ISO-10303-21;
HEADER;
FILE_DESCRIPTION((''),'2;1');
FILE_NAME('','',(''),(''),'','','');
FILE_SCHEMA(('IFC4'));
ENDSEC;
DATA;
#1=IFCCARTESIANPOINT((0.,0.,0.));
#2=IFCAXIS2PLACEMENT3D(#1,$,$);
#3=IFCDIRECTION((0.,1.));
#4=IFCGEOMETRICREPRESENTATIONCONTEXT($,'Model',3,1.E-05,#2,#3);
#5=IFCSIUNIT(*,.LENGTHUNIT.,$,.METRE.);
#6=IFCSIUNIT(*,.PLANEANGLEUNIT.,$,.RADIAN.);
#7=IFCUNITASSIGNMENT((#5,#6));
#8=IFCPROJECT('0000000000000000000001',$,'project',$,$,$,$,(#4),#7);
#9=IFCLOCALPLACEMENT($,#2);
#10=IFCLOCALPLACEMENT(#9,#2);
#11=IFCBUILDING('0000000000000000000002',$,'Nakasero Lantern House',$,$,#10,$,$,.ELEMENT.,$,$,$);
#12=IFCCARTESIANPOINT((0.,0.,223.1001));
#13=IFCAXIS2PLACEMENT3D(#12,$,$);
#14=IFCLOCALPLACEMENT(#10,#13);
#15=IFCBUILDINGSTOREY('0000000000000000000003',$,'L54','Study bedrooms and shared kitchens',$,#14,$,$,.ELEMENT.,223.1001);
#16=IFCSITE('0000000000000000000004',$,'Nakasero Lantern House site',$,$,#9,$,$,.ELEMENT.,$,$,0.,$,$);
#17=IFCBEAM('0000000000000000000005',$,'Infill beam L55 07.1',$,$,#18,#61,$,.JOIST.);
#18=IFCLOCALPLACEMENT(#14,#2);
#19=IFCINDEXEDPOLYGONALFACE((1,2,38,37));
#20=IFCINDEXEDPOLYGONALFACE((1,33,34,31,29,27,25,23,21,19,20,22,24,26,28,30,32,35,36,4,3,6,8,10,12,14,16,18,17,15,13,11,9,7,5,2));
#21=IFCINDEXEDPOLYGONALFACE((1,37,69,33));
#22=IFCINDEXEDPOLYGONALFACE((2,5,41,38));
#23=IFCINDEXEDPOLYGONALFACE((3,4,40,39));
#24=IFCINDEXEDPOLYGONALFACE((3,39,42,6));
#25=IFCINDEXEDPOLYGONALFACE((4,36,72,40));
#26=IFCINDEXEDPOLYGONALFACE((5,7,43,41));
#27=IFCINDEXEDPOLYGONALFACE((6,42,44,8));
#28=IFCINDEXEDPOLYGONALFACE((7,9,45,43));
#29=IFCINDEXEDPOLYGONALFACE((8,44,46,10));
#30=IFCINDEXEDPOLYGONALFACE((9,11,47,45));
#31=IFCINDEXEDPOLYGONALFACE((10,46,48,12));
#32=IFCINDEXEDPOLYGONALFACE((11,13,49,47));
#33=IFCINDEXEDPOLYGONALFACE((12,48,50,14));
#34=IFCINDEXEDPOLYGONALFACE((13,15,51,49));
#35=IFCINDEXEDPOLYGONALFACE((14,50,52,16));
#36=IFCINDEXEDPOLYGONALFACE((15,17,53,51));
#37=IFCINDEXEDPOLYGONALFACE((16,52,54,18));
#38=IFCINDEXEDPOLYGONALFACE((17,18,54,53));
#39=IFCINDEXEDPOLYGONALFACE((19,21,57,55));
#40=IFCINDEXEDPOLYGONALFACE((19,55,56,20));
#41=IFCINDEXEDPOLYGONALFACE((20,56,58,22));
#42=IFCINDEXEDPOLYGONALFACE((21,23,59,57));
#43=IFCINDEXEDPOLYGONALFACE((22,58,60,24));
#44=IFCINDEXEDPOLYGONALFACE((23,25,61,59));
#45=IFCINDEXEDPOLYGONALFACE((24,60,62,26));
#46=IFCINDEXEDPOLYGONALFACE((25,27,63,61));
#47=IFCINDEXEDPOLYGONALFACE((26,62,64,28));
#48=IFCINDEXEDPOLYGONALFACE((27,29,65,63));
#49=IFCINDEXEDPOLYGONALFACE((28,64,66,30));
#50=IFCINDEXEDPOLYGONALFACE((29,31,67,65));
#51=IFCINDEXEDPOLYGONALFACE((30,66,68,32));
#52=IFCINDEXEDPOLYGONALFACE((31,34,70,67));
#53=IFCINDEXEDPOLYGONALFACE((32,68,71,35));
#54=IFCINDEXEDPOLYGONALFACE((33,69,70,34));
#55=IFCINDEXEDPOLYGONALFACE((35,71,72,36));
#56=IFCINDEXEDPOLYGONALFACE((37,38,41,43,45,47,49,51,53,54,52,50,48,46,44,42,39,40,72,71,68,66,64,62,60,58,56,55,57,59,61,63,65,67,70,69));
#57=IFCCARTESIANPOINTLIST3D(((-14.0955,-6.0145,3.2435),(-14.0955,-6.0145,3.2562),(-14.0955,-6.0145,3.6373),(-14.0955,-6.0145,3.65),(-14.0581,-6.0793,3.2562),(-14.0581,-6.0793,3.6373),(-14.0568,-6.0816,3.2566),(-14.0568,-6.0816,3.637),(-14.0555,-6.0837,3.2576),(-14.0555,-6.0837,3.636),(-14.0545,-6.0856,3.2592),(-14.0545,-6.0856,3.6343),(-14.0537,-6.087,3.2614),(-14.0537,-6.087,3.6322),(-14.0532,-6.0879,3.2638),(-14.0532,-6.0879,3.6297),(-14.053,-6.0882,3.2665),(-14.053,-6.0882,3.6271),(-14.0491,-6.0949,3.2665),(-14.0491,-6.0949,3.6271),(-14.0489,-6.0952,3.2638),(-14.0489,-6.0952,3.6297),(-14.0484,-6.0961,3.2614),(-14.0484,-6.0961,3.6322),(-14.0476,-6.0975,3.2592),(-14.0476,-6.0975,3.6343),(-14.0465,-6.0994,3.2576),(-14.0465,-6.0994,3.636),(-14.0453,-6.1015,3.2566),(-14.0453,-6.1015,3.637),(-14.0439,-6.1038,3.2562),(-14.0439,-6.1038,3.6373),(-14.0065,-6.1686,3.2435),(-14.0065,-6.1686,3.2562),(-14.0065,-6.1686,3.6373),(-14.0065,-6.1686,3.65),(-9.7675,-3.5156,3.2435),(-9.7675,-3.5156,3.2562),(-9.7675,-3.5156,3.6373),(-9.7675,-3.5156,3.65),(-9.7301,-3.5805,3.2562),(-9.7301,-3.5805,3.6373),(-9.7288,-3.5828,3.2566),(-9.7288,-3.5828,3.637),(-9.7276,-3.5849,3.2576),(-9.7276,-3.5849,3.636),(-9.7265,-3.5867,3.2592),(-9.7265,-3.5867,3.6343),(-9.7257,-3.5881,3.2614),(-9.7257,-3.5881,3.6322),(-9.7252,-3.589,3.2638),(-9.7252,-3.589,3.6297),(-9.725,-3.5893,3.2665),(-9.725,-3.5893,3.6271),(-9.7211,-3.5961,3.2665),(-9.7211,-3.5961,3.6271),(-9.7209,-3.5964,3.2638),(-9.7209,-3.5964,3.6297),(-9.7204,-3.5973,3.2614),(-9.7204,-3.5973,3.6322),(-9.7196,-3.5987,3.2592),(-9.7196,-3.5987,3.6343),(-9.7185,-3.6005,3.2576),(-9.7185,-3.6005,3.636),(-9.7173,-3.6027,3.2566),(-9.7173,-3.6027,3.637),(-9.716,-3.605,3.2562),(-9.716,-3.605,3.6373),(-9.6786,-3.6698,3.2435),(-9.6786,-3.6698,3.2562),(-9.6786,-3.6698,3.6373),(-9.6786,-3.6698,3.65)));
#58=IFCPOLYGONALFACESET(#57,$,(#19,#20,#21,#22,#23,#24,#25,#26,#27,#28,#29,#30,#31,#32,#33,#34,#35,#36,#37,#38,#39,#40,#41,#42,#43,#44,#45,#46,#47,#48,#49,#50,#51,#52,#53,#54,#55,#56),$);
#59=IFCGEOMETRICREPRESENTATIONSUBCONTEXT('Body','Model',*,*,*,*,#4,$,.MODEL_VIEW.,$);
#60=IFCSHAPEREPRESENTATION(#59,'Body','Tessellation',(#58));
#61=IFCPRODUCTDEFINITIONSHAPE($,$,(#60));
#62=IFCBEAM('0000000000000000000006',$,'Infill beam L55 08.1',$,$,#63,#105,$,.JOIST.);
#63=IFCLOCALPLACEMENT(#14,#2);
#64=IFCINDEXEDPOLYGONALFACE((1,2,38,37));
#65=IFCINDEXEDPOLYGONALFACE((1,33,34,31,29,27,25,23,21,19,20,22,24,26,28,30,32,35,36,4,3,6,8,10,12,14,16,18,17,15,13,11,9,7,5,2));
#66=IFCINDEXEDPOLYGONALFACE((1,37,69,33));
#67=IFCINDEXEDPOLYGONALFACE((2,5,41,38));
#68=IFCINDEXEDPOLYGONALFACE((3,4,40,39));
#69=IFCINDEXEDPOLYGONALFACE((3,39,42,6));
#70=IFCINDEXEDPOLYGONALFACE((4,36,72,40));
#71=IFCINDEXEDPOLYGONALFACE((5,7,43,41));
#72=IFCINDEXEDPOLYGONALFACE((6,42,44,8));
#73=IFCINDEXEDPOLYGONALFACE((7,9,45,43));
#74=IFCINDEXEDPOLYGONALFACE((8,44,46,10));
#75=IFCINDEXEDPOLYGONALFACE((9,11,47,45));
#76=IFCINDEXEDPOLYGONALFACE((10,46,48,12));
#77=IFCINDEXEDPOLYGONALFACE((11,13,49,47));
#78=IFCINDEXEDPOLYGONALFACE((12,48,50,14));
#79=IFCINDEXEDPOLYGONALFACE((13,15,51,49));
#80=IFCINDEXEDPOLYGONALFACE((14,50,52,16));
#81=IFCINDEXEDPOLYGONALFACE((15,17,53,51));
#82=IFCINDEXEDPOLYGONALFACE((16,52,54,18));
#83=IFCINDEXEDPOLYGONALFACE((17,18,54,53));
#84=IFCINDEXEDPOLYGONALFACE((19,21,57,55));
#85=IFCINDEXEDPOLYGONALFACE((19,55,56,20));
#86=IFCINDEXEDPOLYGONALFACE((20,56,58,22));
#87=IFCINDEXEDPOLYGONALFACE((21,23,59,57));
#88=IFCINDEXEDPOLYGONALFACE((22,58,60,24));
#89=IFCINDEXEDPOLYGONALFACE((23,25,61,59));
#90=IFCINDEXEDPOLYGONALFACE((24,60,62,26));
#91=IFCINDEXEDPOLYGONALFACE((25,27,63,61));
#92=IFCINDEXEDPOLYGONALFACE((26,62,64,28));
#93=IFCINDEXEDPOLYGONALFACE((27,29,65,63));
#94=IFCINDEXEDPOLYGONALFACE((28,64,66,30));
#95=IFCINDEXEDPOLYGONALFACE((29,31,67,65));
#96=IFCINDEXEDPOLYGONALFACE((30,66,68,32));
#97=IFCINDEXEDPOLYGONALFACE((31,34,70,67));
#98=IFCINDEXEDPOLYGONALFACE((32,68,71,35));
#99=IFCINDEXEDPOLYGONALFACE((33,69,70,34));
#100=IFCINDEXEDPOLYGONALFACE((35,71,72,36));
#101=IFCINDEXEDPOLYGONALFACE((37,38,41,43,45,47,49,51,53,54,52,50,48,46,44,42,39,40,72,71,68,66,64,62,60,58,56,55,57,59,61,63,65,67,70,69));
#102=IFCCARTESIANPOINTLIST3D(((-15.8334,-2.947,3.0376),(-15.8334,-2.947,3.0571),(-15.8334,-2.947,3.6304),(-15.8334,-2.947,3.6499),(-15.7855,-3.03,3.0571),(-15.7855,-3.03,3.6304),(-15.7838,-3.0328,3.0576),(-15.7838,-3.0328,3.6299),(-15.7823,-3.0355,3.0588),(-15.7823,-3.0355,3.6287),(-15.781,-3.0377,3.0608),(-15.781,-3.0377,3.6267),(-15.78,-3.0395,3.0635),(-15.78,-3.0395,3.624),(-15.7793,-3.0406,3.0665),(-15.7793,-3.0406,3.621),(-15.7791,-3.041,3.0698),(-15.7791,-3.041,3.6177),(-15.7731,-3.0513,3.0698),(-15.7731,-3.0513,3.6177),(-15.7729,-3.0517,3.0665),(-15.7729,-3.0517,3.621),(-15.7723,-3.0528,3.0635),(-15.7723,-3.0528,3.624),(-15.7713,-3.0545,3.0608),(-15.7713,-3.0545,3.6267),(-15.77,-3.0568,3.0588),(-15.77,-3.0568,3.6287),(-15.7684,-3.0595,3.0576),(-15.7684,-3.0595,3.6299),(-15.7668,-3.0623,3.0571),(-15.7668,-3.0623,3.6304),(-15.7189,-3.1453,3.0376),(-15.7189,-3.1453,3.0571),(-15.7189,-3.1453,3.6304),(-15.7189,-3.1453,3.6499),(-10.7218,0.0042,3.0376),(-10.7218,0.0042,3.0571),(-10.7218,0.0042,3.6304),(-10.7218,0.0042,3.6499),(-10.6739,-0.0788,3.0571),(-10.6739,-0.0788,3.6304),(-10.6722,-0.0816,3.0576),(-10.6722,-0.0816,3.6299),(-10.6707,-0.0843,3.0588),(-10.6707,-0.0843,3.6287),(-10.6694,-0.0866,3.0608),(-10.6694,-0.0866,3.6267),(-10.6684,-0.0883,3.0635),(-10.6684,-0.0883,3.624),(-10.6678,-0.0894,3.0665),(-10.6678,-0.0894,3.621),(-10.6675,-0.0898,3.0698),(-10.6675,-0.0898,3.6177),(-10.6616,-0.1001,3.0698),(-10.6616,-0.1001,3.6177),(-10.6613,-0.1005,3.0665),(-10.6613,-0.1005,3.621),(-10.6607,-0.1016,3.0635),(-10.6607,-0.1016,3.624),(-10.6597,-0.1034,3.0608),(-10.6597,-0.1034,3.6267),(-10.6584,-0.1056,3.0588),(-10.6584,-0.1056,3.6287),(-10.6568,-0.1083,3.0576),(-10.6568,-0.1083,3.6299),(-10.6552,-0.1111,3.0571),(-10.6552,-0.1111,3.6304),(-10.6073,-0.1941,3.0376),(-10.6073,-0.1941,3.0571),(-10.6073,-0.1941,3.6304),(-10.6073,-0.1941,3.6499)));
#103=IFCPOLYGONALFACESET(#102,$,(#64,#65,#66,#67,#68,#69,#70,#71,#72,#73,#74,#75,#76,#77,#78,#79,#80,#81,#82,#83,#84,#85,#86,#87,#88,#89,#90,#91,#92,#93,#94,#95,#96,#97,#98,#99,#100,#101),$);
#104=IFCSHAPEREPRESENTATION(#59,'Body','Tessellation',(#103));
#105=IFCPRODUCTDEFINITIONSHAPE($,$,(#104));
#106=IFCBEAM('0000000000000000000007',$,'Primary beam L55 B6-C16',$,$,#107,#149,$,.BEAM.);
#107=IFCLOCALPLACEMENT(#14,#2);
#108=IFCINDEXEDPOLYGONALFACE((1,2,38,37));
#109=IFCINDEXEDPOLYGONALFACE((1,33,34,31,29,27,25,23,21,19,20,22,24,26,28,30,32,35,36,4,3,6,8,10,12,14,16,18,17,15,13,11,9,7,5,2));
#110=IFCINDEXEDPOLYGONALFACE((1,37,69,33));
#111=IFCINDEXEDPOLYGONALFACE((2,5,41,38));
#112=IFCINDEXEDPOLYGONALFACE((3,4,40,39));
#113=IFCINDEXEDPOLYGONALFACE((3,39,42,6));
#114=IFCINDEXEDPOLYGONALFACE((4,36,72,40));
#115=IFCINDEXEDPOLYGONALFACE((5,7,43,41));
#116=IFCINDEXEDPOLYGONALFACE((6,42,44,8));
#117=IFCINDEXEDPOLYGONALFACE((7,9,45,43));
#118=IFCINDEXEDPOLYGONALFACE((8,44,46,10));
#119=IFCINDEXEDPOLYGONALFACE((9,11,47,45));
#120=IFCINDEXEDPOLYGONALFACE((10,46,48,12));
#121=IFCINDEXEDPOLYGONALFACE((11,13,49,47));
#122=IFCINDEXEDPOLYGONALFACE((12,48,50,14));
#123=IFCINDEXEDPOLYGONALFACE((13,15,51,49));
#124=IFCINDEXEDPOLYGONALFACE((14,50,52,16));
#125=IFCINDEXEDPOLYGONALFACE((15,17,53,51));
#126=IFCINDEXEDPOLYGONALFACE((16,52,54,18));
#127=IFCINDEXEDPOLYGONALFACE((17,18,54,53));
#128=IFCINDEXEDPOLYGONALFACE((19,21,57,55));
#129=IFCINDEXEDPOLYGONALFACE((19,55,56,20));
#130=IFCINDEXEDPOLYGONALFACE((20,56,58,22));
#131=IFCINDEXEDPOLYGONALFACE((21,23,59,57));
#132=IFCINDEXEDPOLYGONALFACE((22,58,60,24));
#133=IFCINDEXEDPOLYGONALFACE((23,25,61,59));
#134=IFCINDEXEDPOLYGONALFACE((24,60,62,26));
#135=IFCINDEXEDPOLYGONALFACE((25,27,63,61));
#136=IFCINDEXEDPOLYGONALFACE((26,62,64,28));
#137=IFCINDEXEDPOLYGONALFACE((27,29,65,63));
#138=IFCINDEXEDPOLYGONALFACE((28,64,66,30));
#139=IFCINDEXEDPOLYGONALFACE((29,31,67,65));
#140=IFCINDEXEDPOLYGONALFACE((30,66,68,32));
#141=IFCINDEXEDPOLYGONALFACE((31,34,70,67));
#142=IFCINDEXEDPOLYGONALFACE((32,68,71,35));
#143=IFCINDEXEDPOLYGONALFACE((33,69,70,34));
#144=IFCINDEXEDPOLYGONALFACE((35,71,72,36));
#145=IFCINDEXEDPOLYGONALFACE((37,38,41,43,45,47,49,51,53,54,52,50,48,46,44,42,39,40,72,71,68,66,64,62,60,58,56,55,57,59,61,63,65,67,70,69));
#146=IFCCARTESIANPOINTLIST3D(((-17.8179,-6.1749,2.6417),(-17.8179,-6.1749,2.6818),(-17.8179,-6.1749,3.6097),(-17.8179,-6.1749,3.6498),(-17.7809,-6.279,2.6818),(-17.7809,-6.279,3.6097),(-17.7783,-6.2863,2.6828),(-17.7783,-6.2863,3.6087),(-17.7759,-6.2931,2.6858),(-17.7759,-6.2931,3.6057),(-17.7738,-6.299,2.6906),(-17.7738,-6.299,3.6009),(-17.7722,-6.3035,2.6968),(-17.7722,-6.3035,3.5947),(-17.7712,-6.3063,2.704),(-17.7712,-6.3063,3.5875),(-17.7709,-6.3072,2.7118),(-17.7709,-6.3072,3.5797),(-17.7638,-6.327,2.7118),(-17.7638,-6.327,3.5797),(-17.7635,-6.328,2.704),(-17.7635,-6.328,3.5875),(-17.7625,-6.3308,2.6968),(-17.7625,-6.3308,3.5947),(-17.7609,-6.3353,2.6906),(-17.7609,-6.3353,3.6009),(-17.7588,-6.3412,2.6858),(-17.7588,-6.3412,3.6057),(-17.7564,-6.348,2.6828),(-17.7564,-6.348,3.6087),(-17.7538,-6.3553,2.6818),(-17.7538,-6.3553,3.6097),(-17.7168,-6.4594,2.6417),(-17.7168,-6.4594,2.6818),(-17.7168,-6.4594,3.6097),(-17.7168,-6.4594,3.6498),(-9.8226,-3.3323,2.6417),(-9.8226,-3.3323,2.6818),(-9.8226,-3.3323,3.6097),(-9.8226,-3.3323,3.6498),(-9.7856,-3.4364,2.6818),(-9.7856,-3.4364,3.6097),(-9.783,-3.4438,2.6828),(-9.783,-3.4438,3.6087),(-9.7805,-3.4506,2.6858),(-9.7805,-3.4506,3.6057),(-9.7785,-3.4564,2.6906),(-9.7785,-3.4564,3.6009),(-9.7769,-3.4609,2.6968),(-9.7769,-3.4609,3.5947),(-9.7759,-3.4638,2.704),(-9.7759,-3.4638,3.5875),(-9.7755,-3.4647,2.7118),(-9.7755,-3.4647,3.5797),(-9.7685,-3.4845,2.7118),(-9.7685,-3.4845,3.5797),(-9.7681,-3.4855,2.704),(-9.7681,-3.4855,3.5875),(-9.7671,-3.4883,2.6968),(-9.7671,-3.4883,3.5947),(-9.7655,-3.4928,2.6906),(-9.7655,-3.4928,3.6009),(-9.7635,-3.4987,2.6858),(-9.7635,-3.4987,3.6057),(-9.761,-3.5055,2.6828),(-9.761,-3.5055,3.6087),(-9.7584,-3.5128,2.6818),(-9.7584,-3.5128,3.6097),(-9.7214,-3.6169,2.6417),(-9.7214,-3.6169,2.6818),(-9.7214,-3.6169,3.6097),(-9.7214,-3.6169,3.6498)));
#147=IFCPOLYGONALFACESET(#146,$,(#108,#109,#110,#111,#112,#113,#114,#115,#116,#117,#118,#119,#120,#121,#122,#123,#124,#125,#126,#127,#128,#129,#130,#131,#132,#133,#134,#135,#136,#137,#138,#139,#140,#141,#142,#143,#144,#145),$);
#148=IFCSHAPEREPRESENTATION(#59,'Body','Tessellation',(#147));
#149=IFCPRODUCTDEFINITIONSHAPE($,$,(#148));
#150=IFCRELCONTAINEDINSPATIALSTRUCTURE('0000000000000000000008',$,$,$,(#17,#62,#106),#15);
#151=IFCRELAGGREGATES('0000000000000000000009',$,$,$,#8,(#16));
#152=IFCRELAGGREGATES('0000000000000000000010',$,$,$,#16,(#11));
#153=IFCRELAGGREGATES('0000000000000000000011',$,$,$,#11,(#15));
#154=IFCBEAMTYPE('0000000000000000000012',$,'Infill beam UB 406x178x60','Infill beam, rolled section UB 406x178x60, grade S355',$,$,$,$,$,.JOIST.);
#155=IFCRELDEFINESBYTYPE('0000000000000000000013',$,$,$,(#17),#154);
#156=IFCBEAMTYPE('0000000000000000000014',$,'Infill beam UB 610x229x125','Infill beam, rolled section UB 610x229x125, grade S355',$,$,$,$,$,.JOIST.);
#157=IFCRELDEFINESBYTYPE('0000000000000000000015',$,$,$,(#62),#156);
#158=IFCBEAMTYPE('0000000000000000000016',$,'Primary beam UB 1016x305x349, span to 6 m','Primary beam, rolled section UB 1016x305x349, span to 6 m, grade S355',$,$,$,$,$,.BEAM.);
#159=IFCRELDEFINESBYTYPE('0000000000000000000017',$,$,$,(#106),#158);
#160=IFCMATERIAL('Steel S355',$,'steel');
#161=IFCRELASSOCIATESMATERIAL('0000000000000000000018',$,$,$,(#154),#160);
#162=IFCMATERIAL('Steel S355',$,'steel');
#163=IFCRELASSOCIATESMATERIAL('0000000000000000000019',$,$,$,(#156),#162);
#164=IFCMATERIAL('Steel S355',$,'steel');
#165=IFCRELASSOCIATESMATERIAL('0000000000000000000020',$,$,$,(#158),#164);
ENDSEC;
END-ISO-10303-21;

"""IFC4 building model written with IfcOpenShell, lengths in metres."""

from ifc_helpers import new_model, si_unit, direction, frame, origin, origin_2d, place, context, subcontext, project, spatial, i_section, extrude, material, material_profile, profile_set, type_object, element, save


model = new_model("IFC4")

# Units and contexts
model_context = context("Model", 3, precision=1e-05, world=origin(), true_north=direction((0.0, 1.0)))
body_context = subcontext(model_context, "Body", "Model", "MODEL_VIEW")
ifc_project = project(units=[si_unit("LENGTHUNIT", "METRE"), si_unit("PLANEANGLEUNIT", "RADIAN")], contexts=[model_context])

# Site, building, storey
site_placement = place(None, origin())
site = spatial("IfcSite", under=ifc_project, at=site_placement, Name="Nakasero Lantern House site", CompositionType="ELEMENT", RefElevation=0.0)
building_placement = place(site_placement, origin())
building = spatial("IfcBuilding", under=site, at=building_placement, Name="Nakasero Lantern House", CompositionType="ELEMENT")
storey_placement = place(building_placement, frame((0.0, 0.0, 223.1001)))
storey = spatial("IfcBuildingStorey", under=building, at=storey_placement, Name="L54", Description="Study bedrooms and shared kitchens", CompositionType="ELEMENT", Elevation=223.1001)

# Beams
ifc_material_1 = material(Name="Steel S355", Category="steel")
ifc_material_profile_1 = material_profile(ifc_material_1, i_section(OverallWidth=0.178, OverallDepth=0.4065, WebThickness=0.0078, FlangeThickness=0.0127, FilletRadius=0.0103, at=origin_2d()), Name="UB 406x178x60")
ifc_profile_set_1 = profile_set([ifc_material_profile_1], Name="Steel S355")
beam_type_1 = type_object("IfcBeamType", Name="Infill beam UB 406x178x60", Description="Infill beam, rolled section UB 406x178x60, grade S355", PredefinedType="JOIST", material=ifc_profile_set_1)
beam_1_placement = place(storey_placement, frame((-14.051, -6.0916, 3.4468), z_axis=(0.866019, 0.500011, 0.0), x_axis=(-0.500011, 0.866019, 0.0)))
element("IfcBeam", 1, at=beam_1_placement, inside=storey, type_object=beam_type_1, Name="Infill beam L55 07.1", PredefinedType="JOIST", context=body_context, shape_type="SweptSolid", body=[
    extrude(i_section(OverallWidth=0.178, OverallDepth=0.4065, WebThickness=0.0078, FlangeThickness=0.0127, FilletRadius=0.0103, at=origin_2d()), origin(), (0.0, 0.0, 1.0), 4.9976),
])
ifc_material_2 = material(Name="Steel S355", Category="steel")
ifc_material_profile_2 = material_profile(ifc_material_2, i_section(OverallWidth=0.229, OverallDepth=0.6123, WebThickness=0.012, FlangeThickness=0.0195, FilletRadius=0.0127, at=origin_2d()), Name="UB 610x229x125")
ifc_profile_set_2 = profile_set([ifc_material_profile_2], Name="Steel S355")
beam_type_2 = type_object("IfcBeamType", Name="Infill beam UB 610x229x125", Description="Infill beam, rolled section UB 610x229x125, grade S355", PredefinedType="JOIST", material=ifc_profile_set_2)
beam_2_placement = place(storey_placement, frame((-15.7761, -3.0461, 3.3438), z_axis=(0.866025, 0.500001, 0.0), x_axis=(-0.500001, 0.866025, 0.0)))
element("IfcBeam", 2, at=beam_2_placement, inside=storey, type_object=beam_type_2, Name="Infill beam L55 08.1", PredefinedType="JOIST", context=body_context, shape_type="SweptSolid", body=[
    extrude(i_section(OverallWidth=0.229, OverallDepth=0.6123, WebThickness=0.012, FlangeThickness=0.0195, FilletRadius=0.0127, at=origin_2d()), origin(), (0.0, 0.0, 1.0), 5.9023),
])
ifc_material_3 = material(Name="Steel S355", Category="steel")
ifc_material_profile_3 = material_profile(ifc_material_3, i_section(OverallWidth=0.302, OverallDepth=1.0081, WebThickness=0.021, FlangeThickness=0.04, FilletRadius=0.03, at=origin_2d()), Name="UB 1016x305x349")
ifc_profile_set_3 = profile_set([ifc_material_profile_3], Name="Steel S355")
beam_type_3 = type_object("IfcBeamType", Name="Primary beam UB 1016x305x349, span to 6 m", Description="Primary beam, rolled section UB 1016x305x349, span to 6 m, grade S355", PredefinedType="BEAM", material=ifc_profile_set_3)
beam_3_placement = place(storey_placement, frame((-17.7673, -6.3171, 3.1458), z_axis=(0.942225, 0.334982, 0.0), x_axis=(-0.334982, 0.942225, 0.0)))
element("IfcBeam", 3, at=beam_3_placement, inside=storey, type_object=beam_type_3, Name="Primary beam L55 B6-C16", PredefinedType="BEAM", context=body_context, shape_type="SweptSolid", body=[
    extrude(i_section(OverallWidth=0.302, OverallDepth=1.0081, WebThickness=0.021, FlangeThickness=0.04, FilletRadius=0.03, at=origin_2d()), origin(), (0.0, 0.0, 1.0), 8.4856),
])

save(model, "model.ifc")
